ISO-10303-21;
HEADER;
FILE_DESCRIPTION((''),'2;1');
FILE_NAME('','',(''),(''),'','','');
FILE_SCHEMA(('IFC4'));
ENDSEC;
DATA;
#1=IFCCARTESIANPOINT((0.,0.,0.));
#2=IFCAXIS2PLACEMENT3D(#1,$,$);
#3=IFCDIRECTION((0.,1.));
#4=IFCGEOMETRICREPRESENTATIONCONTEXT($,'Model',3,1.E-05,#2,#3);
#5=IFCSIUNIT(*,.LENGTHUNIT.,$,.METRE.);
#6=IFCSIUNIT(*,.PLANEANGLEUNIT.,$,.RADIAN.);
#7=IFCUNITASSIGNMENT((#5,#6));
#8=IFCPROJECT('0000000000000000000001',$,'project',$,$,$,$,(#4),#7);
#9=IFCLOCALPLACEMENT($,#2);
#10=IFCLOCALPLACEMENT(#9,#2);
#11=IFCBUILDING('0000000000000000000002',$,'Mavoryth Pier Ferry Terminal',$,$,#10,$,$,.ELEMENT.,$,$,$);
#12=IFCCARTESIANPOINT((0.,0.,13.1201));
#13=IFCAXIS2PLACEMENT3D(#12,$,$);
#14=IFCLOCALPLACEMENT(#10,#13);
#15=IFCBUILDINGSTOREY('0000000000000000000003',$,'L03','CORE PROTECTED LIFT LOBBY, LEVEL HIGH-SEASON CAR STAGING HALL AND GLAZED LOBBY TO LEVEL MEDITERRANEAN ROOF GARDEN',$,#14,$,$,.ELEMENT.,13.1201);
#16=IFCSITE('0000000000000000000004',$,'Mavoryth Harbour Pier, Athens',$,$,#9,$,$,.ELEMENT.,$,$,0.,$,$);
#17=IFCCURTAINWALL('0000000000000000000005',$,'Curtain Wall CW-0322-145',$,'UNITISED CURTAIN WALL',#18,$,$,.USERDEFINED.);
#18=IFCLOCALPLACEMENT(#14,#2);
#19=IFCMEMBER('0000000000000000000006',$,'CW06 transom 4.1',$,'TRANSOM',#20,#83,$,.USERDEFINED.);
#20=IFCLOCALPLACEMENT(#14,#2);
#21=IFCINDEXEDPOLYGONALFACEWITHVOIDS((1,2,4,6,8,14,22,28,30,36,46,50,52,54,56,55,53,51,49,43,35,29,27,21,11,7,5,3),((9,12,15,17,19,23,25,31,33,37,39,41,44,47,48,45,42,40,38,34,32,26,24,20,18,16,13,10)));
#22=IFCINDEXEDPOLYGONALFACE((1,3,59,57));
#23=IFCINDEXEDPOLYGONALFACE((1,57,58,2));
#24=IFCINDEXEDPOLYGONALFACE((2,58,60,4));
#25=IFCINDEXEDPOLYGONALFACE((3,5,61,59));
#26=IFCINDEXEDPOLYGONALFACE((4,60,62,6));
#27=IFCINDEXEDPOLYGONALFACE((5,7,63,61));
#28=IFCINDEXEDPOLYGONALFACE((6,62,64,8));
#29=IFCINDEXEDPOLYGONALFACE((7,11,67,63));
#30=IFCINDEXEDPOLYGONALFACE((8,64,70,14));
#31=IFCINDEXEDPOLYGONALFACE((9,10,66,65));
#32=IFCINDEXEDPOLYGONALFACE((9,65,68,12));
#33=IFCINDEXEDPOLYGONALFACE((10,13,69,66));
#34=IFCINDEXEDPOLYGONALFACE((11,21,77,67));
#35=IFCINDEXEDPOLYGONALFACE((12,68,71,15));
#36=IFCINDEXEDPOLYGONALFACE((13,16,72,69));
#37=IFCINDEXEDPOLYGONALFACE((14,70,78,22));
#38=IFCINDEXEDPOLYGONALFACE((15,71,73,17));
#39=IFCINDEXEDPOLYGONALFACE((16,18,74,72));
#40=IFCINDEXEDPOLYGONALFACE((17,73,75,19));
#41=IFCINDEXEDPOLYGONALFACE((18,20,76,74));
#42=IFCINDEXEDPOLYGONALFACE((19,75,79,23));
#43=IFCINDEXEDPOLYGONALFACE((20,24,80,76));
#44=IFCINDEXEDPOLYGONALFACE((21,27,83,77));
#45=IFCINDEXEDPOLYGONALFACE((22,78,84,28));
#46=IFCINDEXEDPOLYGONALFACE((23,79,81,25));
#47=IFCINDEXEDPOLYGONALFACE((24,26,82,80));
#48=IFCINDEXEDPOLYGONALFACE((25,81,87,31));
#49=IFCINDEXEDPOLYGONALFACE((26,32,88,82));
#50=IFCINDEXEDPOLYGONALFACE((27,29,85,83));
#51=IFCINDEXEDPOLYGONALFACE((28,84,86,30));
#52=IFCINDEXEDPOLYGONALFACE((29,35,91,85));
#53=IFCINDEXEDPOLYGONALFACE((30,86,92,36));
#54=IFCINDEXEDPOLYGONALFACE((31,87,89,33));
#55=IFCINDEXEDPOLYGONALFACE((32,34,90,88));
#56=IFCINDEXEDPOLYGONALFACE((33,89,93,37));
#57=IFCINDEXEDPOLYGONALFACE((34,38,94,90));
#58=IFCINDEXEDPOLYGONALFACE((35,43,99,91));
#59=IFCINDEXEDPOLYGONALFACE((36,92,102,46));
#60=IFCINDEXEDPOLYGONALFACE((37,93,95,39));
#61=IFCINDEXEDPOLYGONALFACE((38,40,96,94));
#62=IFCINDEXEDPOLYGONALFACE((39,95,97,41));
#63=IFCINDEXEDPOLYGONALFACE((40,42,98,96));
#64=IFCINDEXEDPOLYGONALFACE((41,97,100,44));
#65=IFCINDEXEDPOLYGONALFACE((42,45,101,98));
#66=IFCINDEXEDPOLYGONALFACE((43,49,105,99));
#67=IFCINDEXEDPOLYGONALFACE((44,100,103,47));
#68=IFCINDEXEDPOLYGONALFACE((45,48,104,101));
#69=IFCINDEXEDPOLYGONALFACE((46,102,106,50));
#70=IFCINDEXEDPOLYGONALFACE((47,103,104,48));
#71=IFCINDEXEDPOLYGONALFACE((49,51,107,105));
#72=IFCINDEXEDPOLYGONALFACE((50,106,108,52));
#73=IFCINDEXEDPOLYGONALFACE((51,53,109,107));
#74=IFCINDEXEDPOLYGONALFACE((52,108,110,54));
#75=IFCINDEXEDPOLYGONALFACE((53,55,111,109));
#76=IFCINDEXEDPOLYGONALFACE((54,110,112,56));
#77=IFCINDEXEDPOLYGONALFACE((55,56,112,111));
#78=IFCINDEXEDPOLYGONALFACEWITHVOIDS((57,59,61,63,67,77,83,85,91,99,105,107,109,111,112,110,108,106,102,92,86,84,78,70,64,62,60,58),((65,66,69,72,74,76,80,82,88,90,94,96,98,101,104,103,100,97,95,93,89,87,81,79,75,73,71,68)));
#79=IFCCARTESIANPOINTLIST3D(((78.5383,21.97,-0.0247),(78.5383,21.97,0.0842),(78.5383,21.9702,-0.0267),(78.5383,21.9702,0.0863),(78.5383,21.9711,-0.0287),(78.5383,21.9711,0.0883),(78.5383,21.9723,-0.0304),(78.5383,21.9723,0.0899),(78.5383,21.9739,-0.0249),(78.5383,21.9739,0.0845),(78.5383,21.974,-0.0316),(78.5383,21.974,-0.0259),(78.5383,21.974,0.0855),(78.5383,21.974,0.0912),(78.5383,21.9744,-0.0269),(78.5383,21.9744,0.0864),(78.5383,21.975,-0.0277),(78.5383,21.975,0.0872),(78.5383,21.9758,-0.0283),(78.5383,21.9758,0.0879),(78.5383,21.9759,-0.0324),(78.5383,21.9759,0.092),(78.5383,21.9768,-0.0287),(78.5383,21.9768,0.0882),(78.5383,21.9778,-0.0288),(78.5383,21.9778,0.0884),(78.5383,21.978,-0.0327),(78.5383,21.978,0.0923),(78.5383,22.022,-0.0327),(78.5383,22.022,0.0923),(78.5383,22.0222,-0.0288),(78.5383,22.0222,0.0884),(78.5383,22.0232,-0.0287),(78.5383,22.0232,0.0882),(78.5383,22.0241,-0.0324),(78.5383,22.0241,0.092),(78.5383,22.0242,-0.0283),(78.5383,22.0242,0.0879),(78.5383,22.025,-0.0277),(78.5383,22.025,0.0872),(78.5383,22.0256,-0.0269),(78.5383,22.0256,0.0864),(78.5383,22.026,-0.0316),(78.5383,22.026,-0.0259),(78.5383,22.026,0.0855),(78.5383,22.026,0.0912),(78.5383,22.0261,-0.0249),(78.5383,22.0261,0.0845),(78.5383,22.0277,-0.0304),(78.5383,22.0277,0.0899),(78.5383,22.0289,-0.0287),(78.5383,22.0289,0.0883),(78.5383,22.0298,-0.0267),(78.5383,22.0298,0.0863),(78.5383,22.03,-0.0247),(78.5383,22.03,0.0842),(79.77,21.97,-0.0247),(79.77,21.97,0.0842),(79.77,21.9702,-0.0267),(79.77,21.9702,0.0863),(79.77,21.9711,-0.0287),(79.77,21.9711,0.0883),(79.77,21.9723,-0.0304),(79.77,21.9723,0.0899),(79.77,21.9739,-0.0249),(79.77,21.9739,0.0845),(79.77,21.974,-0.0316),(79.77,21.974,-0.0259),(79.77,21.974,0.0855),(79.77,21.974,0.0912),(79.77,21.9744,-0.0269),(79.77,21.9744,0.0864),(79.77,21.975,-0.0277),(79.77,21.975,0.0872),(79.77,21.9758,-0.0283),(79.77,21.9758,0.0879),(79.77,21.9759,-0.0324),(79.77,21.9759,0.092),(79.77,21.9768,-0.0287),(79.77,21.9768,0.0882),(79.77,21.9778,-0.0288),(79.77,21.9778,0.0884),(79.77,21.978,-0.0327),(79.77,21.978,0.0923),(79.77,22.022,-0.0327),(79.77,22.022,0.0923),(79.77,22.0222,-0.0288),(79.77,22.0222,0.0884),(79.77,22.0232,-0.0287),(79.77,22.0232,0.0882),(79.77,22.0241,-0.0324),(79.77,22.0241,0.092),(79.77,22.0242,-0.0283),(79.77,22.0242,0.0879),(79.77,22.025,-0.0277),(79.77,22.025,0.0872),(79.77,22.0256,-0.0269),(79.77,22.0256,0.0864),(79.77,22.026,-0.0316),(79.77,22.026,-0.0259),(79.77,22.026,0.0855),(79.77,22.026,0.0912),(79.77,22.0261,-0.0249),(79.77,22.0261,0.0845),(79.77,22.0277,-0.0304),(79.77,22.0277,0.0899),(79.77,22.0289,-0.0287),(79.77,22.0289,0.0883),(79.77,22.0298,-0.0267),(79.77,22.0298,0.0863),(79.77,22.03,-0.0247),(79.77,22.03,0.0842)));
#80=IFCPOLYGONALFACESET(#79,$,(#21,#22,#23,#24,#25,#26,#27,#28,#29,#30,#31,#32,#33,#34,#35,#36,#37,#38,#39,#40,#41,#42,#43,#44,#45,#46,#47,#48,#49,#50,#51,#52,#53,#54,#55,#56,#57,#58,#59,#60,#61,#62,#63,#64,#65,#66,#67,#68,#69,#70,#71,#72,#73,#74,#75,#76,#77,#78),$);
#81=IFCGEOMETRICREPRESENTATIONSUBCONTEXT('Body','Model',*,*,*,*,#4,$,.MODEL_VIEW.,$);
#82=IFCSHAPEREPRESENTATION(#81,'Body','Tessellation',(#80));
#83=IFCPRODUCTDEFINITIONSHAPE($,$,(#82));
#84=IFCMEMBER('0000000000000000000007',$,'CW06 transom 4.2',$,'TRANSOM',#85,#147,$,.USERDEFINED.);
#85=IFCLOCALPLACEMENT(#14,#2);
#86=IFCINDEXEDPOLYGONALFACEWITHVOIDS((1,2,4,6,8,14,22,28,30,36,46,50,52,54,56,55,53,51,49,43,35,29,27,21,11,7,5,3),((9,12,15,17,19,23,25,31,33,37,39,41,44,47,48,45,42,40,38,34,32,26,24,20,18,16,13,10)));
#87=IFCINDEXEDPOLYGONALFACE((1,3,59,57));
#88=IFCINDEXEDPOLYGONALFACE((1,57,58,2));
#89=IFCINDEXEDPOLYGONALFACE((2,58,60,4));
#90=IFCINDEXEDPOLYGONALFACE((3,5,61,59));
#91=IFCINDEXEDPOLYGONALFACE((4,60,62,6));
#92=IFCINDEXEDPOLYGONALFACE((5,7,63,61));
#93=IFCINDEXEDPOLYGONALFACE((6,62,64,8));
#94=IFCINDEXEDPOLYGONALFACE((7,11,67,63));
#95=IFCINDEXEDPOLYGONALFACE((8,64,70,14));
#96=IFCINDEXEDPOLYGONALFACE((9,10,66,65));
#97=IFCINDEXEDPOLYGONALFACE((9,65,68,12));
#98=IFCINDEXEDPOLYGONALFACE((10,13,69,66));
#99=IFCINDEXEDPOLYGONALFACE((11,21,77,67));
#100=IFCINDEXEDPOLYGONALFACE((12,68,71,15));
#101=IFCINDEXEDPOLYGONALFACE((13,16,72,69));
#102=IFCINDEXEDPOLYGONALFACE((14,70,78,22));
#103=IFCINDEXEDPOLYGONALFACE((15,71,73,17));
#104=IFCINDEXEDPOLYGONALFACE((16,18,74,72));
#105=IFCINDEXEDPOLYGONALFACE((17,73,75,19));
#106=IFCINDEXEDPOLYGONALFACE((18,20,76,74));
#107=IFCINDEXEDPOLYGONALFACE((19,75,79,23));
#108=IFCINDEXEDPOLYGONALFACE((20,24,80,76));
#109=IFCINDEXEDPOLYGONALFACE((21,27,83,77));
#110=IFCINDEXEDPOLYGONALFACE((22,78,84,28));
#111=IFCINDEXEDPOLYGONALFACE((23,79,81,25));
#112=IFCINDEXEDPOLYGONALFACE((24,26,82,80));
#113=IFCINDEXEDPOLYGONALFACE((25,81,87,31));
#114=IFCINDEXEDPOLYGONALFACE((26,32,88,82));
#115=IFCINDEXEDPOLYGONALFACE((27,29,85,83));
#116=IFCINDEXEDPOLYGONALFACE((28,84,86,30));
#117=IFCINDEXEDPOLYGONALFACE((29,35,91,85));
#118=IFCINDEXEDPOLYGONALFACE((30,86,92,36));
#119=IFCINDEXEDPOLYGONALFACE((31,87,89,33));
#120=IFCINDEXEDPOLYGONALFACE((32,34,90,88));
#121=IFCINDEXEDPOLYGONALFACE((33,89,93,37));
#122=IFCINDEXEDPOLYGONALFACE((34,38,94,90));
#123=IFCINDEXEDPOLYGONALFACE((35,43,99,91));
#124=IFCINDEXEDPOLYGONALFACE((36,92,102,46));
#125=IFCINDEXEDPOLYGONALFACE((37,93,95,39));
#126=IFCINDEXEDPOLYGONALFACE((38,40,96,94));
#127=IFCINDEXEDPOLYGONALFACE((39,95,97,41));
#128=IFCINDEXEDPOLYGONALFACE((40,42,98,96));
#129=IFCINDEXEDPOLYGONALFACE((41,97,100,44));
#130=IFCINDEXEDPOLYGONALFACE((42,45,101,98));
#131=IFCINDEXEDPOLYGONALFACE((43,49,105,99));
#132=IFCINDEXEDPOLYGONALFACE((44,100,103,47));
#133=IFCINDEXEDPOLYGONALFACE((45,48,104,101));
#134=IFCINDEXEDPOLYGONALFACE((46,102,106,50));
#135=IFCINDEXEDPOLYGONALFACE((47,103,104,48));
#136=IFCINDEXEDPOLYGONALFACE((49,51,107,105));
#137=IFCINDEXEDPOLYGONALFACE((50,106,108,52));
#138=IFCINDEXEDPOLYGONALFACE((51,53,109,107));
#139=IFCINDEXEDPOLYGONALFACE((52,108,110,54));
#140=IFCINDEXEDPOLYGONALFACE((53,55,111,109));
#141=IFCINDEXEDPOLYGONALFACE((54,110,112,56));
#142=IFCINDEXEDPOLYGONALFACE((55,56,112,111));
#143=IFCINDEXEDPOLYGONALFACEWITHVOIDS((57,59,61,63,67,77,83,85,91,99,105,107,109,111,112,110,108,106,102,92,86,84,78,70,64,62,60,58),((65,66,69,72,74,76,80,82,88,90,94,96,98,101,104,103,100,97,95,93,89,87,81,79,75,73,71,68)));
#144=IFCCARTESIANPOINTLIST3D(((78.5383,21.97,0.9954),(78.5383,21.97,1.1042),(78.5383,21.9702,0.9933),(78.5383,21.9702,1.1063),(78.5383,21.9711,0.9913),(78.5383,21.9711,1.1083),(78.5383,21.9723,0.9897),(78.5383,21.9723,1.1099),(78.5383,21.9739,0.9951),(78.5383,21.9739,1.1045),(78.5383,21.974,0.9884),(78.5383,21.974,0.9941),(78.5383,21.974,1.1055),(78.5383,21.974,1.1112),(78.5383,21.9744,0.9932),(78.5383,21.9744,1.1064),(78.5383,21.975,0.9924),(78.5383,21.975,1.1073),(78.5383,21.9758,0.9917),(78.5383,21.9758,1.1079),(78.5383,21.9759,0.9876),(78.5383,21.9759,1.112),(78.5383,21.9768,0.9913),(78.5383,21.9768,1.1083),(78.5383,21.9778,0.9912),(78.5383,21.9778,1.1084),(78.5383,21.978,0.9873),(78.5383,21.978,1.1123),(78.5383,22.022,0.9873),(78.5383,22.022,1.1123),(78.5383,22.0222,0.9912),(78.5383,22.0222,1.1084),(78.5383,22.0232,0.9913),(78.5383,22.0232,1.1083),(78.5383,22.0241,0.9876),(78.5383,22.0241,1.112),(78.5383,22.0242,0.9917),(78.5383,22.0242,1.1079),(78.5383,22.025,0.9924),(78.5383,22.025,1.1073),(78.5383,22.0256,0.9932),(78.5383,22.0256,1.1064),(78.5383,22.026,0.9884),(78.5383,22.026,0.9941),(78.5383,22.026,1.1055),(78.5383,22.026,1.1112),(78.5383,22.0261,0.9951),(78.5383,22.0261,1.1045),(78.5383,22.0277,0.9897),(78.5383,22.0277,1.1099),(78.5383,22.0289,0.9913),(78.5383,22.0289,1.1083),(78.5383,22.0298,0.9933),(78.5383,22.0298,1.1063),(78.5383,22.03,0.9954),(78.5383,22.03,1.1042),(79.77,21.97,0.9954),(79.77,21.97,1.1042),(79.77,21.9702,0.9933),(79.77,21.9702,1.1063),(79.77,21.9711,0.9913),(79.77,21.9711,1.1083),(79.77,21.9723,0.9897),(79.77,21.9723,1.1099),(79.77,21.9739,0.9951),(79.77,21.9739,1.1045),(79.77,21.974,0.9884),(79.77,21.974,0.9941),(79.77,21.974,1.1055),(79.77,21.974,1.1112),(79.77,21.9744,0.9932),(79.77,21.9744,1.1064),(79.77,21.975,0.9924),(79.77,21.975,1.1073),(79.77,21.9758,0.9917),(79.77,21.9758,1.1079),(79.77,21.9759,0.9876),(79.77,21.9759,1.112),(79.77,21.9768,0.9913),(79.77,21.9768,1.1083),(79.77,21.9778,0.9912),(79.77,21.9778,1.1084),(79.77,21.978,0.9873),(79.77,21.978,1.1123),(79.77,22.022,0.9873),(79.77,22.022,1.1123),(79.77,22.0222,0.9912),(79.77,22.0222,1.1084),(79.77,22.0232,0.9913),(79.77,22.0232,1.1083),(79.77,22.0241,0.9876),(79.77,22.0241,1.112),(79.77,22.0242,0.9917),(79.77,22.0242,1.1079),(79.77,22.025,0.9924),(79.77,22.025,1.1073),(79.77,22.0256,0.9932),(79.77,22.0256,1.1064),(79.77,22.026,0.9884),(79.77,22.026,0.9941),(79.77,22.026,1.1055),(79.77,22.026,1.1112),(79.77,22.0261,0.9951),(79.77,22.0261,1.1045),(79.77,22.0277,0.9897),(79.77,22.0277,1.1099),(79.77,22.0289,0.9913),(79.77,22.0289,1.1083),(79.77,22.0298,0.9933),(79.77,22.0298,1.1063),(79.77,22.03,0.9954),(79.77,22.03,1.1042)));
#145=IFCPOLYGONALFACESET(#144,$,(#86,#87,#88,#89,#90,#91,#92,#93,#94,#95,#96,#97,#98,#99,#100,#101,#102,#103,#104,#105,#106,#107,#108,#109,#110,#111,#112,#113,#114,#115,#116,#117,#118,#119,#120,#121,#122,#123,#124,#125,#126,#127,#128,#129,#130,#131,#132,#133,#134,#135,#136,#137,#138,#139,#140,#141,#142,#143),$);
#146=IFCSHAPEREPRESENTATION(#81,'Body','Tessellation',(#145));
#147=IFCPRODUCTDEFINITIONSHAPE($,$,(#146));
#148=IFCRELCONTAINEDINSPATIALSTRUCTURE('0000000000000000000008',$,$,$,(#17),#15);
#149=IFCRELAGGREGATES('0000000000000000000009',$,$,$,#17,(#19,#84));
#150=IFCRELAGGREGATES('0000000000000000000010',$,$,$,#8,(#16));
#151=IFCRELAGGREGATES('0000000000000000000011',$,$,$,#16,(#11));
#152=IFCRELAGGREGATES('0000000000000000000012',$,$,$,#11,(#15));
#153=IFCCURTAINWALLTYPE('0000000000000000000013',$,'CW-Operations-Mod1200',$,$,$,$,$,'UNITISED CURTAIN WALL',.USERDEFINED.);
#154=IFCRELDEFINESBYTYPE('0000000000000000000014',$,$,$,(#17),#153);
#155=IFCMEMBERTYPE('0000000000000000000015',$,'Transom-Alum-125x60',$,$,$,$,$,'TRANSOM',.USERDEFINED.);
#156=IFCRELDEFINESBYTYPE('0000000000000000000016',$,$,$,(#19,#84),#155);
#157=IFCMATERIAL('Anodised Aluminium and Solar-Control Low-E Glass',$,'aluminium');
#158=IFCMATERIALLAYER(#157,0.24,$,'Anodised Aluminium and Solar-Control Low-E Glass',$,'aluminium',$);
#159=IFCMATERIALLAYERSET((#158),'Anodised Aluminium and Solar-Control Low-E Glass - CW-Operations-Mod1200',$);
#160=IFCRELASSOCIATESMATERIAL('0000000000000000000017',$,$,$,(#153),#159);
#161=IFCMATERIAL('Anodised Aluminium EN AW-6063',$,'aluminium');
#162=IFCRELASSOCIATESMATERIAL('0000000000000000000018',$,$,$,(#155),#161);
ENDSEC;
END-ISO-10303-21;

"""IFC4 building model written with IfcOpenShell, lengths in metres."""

from ifc_helpers import new_model, si_unit, direction, frame, origin, origin_2d, place, context, subcontext, project, spatial, hollow_rectangle, extrude, material, layer, layer_set, material_profile, profile_set, type_object, element, aggregate, save


model = new_model("IFC4")

# Units and contexts
model_context = context("Model", 3, precision=1e-05, world=origin(), true_north=direction((0.0, 1.0)))
body_context = subcontext(model_context, "Body", "Model", "MODEL_VIEW")
ifc_project = project(units=[si_unit("LENGTHUNIT", "METRE"), si_unit("PLANEANGLEUNIT", "RADIAN")], contexts=[model_context])

# Site, building, storey
site_placement = place(None, origin())
site = spatial("IfcSite", under=ifc_project, at=site_placement, Name="Mavoryth Harbour Pier, Athens", CompositionType="ELEMENT", RefElevation=0.0)
building_placement = place(site_placement, origin())
building = spatial("IfcBuilding", under=site, at=building_placement, Name="Mavoryth Pier Ferry Terminal", CompositionType="ELEMENT")
storey_placement = place(building_placement, frame((0.0, 0.0, 13.1201)))
storey = spatial("IfcBuildingStorey", under=building, at=storey_placement, Name="L03", Description="CORE PROTECTED LIFT LOBBY, LEVEL HIGH-SEASON CAR STAGING HALL AND GLAZED LOBBY TO LEVEL MEDITERRANEAN ROOF GARDEN", CompositionType="ELEMENT", Elevation=13.1201)

# Curtain wall
ifc_material_1 = material(Name="Anodised Aluminium and Solar-Control Low-E Glass", Category="aluminium")
ifc_layer_1 = layer(ifc_material_1, 0.24, Name="Anodised Aluminium and Solar-Control Low-E Glass", Category="aluminium")
ifc_layer_set_1 = layer_set([ifc_layer_1], Name="Anodised Aluminium and Solar-Control Low-E Glass - CW-Operations-Mod1200")
curtain_wall_type = type_object("IfcCurtainWallType", Name="CW-Operations-Mod1200", ElementType="UNITISED CURTAIN WALL", PredefinedType="USERDEFINED", material=ifc_layer_set_1)
curtain_wall_placement = place(storey_placement, origin())
curtain_wall = element("IfcCurtainWall", 1, at=curtain_wall_placement, inside=storey, type_object=curtain_wall_type, Name="Curtain Wall CW-0322-145", ObjectType="UNITISED CURTAIN WALL", PredefinedType="USERDEFINED")
ifc_material_2 = material(Name="Anodised Aluminium EN AW-6063", Category="aluminium")

# Members
ifc_material_profile_1 = material_profile(ifc_material_2, hollow_rectangle(XDim=0.0601, YDim=0.125, WallThickness=0.0039, InnerFilletRadius=0.0039, OuterFilletRadius=0.0081, at=origin_2d()), Name="AL-TRAN 125x60x4", Category="aluminium")
ifc_profile_set_1 = profile_set([ifc_material_profile_1], Name="Anodised Aluminium EN AW-6063 - AL-TRAN 125x60x4")
member_type_1 = type_object("IfcMemberType", Name="Transom-Alum-125x60", ElementType="TRANSOM", PredefinedType="USERDEFINED", material=ifc_profile_set_1)
member_1_placement = place(storey_placement, frame((79.77, 22.0, 0.0298), z_axis=(-1.0, 0.0, 0.0), x_axis=(0.0, -1.0, 0.0)))
member_1 = element("IfcMember", 2, at=member_1_placement, type_object=member_type_1, Name="CW06 transom 4.1", ObjectType="TRANSOM", PredefinedType="USERDEFINED", context=body_context, shape_type="SweptSolid", body=[
    extrude(hollow_rectangle(XDim=0.0601, YDim=0.125, WallThickness=0.0039, InnerFilletRadius=0.0039, OuterFilletRadius=0.0081, at=origin_2d()), origin(), (0.0, 0.0, 1.0), 1.2317),
])
member_2_placement = place(storey_placement, frame((79.77, 22.0, 1.0498), z_axis=(-1.0, 0.0, 0.0), x_axis=(0.0, -1.0, 0.0)))
member_2 = element("IfcMember", 3, at=member_2_placement, type_object=member_type_1, Name="CW06 transom 4.2", ObjectType="TRANSOM", PredefinedType="USERDEFINED", context=body_context, shape_type="SweptSolid", body=[
    extrude(hollow_rectangle(XDim=0.0601, YDim=0.125, WallThickness=0.0039, InnerFilletRadius=0.0039, OuterFilletRadius=0.0081, at=origin_2d()), origin(), (0.0, 0.0, 1.0), 1.2317),
])

aggregate(curtain_wall, [member_1, member_2])

save(model, "model.ifc")
